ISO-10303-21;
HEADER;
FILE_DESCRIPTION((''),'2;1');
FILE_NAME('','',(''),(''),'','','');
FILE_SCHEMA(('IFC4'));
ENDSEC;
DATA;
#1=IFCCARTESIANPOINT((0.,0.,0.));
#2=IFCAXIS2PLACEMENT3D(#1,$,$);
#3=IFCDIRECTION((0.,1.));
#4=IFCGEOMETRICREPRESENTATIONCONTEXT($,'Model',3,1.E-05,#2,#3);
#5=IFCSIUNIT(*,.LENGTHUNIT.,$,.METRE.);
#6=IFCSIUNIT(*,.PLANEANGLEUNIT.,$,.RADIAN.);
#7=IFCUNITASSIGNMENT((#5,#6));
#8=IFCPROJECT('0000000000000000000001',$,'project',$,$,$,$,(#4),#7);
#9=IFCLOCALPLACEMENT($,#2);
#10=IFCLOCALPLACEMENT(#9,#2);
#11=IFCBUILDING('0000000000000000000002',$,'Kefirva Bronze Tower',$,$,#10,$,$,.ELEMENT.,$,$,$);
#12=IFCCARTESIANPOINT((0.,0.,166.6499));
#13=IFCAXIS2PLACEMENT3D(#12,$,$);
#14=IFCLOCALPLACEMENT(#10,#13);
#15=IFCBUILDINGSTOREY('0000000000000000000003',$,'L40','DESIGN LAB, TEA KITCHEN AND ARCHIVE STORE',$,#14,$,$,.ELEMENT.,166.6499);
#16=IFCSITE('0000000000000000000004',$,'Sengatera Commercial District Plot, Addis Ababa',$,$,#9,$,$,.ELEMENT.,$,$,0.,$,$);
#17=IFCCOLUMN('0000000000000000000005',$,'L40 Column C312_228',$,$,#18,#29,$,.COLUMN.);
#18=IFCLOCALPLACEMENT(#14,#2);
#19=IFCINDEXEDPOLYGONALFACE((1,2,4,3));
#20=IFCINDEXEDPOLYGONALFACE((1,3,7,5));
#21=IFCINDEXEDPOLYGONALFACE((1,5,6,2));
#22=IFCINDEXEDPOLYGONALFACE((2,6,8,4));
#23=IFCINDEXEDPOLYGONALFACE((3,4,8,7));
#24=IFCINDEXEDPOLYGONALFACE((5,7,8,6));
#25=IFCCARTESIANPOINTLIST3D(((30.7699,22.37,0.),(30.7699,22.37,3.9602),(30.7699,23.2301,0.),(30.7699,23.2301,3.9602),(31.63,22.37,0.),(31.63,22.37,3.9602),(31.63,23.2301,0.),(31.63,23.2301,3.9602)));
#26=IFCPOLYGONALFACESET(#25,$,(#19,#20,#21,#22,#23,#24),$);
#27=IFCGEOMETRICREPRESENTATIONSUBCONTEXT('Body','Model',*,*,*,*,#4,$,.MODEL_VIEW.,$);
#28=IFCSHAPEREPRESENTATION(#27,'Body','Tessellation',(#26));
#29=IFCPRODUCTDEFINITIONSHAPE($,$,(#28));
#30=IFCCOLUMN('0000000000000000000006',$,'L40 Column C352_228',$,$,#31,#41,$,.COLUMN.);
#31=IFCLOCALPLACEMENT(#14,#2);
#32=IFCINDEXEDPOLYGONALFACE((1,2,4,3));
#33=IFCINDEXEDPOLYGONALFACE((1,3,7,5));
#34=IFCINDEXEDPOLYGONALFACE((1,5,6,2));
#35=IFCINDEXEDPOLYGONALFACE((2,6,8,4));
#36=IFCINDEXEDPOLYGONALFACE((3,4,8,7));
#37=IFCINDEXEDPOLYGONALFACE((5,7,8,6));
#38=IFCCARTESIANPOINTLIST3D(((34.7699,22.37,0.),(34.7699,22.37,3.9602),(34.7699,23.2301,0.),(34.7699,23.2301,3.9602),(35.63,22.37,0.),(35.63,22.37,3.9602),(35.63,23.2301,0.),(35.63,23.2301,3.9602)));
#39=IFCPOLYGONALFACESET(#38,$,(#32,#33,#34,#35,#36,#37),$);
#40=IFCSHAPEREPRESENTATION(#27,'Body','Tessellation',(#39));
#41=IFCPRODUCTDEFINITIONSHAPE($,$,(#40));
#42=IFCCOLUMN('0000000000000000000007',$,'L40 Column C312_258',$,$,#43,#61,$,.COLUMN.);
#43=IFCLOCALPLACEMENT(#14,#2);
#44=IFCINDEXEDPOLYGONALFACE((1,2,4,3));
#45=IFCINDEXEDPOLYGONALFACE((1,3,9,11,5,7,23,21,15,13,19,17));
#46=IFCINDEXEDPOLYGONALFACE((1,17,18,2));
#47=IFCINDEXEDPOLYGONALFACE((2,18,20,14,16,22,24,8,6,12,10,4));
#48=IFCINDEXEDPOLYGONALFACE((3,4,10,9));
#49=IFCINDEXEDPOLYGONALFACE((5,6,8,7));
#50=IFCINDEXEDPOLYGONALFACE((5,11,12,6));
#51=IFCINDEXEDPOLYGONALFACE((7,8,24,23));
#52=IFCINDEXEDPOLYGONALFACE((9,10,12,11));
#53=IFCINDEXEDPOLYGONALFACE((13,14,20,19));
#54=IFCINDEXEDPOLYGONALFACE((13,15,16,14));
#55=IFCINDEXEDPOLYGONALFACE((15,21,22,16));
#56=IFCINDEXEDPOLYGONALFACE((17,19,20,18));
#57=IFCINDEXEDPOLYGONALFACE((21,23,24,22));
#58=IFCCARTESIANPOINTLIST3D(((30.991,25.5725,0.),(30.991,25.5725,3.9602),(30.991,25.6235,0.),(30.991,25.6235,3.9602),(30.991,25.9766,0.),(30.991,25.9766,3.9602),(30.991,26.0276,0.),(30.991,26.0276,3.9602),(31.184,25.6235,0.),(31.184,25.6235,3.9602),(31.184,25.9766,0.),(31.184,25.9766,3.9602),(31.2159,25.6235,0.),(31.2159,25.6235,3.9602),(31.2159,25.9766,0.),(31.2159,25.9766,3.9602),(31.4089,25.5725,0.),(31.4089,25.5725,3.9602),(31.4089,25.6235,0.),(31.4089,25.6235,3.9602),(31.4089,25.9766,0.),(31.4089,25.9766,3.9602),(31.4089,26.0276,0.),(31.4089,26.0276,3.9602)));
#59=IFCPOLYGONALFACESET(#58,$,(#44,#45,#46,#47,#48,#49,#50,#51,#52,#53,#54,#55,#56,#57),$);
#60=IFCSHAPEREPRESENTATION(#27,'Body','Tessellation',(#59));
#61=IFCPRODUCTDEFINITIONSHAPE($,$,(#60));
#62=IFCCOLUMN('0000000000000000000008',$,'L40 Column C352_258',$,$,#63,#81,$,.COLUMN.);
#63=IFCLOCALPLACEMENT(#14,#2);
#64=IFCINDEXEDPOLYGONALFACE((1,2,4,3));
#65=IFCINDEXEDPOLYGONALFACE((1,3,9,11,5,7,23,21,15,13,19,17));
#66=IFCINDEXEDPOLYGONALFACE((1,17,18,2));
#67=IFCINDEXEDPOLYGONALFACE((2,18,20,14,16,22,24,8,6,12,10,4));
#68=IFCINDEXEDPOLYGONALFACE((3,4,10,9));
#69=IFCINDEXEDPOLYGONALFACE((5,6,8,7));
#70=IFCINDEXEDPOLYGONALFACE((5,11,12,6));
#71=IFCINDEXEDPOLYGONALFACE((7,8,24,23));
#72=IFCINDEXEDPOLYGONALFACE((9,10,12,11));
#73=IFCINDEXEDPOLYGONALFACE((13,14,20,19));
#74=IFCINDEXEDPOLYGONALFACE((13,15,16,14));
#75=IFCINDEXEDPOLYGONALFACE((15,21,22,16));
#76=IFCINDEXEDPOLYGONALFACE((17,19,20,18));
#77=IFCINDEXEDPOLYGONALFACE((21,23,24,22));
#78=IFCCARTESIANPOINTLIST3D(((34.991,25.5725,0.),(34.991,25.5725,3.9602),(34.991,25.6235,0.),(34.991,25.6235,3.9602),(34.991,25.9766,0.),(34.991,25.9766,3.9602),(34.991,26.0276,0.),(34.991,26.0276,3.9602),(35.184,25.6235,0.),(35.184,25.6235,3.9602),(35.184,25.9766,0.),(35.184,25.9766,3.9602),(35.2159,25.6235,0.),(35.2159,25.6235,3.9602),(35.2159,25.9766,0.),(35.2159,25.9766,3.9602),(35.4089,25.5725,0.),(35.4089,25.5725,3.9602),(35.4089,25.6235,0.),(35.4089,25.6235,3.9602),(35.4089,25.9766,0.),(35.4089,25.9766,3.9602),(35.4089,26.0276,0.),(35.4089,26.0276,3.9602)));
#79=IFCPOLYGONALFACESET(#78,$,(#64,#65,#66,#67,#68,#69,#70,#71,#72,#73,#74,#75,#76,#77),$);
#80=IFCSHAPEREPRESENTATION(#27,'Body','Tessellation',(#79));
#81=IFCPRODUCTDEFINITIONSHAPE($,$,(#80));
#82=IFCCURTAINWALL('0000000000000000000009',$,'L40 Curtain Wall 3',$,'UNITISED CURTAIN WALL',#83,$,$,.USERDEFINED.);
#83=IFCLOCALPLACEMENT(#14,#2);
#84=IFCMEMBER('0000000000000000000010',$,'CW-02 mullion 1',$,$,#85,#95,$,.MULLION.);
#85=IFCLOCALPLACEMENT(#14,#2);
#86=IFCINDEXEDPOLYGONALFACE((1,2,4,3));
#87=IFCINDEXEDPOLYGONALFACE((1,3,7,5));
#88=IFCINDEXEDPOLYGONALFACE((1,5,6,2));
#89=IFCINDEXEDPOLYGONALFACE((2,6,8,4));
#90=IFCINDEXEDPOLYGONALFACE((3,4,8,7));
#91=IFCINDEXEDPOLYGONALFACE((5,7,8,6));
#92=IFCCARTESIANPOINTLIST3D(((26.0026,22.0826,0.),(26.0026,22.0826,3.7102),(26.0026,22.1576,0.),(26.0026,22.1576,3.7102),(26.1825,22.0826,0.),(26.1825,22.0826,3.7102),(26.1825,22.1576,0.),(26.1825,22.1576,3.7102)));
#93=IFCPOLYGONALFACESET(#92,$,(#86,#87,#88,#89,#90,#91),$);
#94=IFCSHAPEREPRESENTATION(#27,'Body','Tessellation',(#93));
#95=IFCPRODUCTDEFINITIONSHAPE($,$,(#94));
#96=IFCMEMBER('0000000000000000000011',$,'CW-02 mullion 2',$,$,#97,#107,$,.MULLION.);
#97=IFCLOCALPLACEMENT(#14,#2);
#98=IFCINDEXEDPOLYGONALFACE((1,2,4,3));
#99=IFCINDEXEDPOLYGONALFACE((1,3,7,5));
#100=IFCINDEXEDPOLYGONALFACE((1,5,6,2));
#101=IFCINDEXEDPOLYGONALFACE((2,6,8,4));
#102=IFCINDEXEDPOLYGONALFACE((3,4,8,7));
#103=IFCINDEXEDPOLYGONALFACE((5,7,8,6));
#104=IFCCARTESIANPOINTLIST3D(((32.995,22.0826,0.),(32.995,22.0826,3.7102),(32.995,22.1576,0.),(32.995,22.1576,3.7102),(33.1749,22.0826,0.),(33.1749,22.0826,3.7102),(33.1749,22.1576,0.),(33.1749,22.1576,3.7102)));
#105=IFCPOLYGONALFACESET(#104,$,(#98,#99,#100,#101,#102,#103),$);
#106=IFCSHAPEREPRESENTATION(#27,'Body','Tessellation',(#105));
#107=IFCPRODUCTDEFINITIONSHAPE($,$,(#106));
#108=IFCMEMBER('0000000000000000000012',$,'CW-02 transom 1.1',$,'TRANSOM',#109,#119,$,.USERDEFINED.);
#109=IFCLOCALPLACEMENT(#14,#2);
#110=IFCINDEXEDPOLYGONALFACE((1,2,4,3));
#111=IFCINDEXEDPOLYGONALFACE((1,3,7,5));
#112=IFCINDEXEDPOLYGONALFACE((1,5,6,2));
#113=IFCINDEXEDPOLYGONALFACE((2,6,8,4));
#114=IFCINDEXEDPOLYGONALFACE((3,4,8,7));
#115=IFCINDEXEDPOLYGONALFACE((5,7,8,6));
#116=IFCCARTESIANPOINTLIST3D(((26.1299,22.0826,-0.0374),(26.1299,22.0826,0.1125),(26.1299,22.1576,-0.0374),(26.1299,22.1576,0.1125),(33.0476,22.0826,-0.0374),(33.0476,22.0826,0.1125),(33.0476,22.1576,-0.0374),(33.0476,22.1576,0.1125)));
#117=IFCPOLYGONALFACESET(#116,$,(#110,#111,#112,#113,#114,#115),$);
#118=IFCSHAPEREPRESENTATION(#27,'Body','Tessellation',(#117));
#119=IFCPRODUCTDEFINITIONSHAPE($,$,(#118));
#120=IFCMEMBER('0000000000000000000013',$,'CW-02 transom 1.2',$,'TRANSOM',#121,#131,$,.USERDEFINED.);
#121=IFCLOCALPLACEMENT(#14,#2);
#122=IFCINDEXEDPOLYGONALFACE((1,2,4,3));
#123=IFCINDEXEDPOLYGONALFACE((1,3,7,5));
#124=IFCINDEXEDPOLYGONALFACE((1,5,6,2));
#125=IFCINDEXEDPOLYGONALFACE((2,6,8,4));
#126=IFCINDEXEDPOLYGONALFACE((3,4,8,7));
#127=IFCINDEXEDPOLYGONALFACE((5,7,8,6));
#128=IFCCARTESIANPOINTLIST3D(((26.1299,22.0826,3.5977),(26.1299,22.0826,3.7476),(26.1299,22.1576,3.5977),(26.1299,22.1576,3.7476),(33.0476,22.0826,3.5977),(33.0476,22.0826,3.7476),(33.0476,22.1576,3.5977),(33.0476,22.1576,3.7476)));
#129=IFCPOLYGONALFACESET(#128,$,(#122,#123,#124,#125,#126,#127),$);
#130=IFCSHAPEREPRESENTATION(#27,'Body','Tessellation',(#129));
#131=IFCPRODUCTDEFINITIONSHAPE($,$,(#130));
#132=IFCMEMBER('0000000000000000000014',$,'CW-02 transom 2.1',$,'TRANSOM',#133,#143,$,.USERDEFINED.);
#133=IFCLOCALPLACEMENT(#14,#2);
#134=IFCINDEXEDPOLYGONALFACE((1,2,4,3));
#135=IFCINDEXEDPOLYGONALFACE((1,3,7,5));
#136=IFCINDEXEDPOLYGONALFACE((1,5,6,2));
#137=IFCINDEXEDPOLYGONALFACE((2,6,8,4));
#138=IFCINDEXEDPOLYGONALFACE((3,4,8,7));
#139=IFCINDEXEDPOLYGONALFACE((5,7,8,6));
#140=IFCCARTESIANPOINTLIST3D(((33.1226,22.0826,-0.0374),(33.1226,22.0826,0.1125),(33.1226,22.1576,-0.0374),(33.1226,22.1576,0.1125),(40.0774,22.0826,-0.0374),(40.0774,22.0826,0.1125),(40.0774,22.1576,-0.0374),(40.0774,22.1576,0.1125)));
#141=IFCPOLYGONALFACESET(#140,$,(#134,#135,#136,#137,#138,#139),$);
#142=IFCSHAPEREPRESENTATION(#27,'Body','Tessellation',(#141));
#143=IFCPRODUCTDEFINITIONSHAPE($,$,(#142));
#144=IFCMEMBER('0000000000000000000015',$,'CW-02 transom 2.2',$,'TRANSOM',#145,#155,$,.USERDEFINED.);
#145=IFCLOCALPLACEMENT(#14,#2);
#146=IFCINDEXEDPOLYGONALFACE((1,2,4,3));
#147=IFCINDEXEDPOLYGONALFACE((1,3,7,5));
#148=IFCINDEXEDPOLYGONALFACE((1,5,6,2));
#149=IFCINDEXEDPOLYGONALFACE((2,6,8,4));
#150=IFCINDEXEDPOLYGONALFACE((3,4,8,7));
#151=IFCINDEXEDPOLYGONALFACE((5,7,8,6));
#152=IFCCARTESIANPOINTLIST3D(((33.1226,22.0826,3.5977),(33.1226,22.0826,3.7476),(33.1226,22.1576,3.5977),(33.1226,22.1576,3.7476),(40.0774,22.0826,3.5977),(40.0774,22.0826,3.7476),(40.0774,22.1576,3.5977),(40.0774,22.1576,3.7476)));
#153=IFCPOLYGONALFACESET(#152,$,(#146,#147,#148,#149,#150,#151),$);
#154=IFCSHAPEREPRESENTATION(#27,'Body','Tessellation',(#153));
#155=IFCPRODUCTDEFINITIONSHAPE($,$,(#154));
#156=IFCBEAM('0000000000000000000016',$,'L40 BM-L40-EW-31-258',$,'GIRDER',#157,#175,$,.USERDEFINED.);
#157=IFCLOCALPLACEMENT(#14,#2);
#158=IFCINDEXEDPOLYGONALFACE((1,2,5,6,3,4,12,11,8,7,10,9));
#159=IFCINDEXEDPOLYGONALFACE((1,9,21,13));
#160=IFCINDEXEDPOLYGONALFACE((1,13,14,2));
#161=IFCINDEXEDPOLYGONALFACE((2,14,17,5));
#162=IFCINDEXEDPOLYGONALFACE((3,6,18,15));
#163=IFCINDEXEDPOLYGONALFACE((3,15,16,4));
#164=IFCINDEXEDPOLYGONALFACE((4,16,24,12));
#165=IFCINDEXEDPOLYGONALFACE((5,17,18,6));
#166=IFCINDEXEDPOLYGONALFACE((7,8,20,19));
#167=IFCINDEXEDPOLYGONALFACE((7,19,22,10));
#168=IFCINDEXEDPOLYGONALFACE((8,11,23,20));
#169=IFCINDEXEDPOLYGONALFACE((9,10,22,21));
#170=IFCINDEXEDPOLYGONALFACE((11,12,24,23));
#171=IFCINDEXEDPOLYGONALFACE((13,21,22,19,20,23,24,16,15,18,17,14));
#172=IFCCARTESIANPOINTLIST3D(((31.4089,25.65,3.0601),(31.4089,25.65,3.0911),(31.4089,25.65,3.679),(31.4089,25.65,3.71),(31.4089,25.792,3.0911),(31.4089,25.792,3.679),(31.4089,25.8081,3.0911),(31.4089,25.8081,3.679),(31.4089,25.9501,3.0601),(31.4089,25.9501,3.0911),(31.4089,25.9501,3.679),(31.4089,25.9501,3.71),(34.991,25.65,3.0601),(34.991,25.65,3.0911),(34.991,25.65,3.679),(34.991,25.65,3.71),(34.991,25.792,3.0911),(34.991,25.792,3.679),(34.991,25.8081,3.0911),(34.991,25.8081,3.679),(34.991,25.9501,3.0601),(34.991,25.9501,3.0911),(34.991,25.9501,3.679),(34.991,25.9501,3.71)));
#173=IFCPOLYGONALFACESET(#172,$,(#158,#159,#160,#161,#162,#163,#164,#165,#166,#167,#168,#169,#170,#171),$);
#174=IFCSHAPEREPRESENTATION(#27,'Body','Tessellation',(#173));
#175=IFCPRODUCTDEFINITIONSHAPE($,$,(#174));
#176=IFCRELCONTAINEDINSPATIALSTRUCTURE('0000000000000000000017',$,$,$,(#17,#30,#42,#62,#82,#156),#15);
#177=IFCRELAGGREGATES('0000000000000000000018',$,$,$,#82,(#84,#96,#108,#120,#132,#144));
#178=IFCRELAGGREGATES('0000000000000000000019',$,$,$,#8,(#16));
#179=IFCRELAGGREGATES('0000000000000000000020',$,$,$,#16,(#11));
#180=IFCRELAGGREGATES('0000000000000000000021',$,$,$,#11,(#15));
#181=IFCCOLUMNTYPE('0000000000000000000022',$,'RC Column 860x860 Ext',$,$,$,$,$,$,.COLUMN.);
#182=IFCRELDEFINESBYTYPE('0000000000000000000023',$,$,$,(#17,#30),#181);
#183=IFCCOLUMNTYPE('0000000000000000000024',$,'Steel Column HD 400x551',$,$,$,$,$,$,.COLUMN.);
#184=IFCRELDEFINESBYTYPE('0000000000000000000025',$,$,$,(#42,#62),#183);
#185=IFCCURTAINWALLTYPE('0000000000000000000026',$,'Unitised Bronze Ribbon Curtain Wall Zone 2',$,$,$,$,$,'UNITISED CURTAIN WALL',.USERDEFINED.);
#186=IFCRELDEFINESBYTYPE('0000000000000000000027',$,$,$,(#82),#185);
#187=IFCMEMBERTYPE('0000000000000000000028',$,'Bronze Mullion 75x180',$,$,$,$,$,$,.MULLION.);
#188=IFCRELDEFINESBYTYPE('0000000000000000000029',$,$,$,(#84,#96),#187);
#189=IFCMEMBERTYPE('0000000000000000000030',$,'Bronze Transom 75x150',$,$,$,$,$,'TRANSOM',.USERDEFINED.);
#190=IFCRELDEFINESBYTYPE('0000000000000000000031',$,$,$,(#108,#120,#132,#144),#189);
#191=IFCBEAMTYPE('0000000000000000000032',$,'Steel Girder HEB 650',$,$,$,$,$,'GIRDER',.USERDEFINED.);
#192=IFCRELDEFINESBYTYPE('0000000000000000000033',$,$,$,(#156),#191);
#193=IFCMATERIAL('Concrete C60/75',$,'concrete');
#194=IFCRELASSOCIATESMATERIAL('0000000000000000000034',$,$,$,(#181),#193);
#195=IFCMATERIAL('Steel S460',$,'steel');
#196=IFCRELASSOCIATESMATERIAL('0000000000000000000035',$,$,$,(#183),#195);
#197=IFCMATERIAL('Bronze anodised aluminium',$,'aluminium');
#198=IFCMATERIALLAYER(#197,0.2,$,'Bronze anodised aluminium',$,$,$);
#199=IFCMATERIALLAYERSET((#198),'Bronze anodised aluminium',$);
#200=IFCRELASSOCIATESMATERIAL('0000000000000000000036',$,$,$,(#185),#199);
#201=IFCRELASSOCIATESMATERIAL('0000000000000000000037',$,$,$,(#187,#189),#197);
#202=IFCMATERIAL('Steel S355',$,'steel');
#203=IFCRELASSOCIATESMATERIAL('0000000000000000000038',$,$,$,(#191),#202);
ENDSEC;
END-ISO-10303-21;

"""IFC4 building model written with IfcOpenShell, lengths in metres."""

from ifc_helpers import new_model, si_unit, direction, frame, origin, origin_2d, place, context, subcontext, project, spatial, rectangle, i_section, extrude, material, layer, layer_set, material_profile, profile_set, type_object, element, aggregate, save


model = new_model("IFC4")

# Units and contexts
model_context = context("Model", 3, precision=1e-05, world=origin(), true_north=direction((0.0, 1.0)))
body_context = subcontext(model_context, "Body", "Model", "MODEL_VIEW")
ifc_project = project(units=[si_unit("LENGTHUNIT", "METRE"), si_unit("PLANEANGLEUNIT", "RADIAN")], contexts=[model_context])

# Site, building, storey
site_placement = place(None, origin())
site = spatial("IfcSite", under=ifc_project, at=site_placement, Name="Sengatera Commercial District Plot, Addis Ababa", CompositionType="ELEMENT", RefElevation=0.0)
building_placement = place(site_placement, origin())
building = spatial("IfcBuilding", under=site, at=building_placement, Name="Kefirva Bronze Tower", CompositionType="ELEMENT")
storey_placement = place(building_placement, frame((0.0, 0.0, 166.6499)))
storey = spatial("IfcBuildingStorey", under=building, at=storey_placement, Name="L40", Description="DESIGN LAB, TEA KITCHEN AND ARCHIVE STORE", CompositionType="ELEMENT", Elevation=166.6499)

# Columns
ifc_material_1 = material(Name="Concrete C60/75", Category="concrete")
ifc_material_profile_1 = material_profile(ifc_material_1, rectangle(XDim=0.8601, YDim=0.8601, at=origin_2d()), Name="RC 860x860")
ifc_profile_set_1 = profile_set([ifc_material_profile_1], Name="Concrete C60/75")
column_type_1 = type_object("IfcColumnType", Name="RC Column 860x860 Ext", PredefinedType="COLUMN", material=ifc_profile_set_1)
for number, where, z_axis, x_axis, name in (
    (1, (31.2, 22.8, 0.0), (0.0, 0.0, 1.0), (1.0, 0.0, 0.0), "L40 Column C312_228"),
    (2, (35.2, 22.8, 0.0), (0.0, 0.0, 1.0), (1.0, 0.0, 0.0), "L40 Column C352_228"),
):
    element("IfcColumn", number, at=place(storey_placement, frame(where, z_axis=z_axis, x_axis=x_axis)), inside=storey, type_object=column_type_1, Name=name, PredefinedType="COLUMN", context=body_context, shape_type="SweptSolid", body=[
        extrude(rectangle(XDim=0.8601, YDim=0.8601, at=origin_2d()), origin(), (0.0, 0.0, 1.0), 3.9602),
    ])
ifc_material_2 = material(Name="Steel S460", Category="steel")
ifc_material_profile_2 = material_profile(ifc_material_2, i_section(OverallWidth=0.418, OverallDepth=0.4551, WebThickness=0.032, FlangeThickness=0.051, at=origin_2d()), Name="HD 400x551")
ifc_profile_set_2 = profile_set([ifc_material_profile_2], Name="Steel S460")
column_type_2 = type_object("IfcColumnType", Name="Steel Column HD 400x551", PredefinedType="COLUMN", material=ifc_profile_set_2)
for number, where, z_axis, x_axis, name in (
    (3, (31.2, 25.8, 0.0), (0.0, 0.0, 1.0), (1.0, 0.0, 0.0), "L40 Column C312_258"),
    (4, (35.2, 25.8, 0.0), (0.0, 0.0, 1.0), (1.0, 0.0, 0.0), "L40 Column C352_258"),
):
    element("IfcColumn", number, at=place(storey_placement, frame(where, z_axis=z_axis, x_axis=x_axis)), inside=storey, type_object=column_type_2, Name=name, PredefinedType="COLUMN", context=body_context, shape_type="SweptSolid", body=[
        extrude(i_section(OverallWidth=0.418, OverallDepth=0.4551, WebThickness=0.032, FlangeThickness=0.051, at=origin_2d()), origin(), (0.0, 0.0, 1.0), 3.9602),
    ])

# Curtain wall, members
ifc_material_3 = material(Name="Bronze anodised aluminium", Category="aluminium")
ifc_layer_1 = layer(ifc_material_3, 0.2, Name="Bronze anodised aluminium")
ifc_layer_set_1 = layer_set([ifc_layer_1], Name="Bronze anodised aluminium")
curtain_wall_type = type_object("IfcCurtainWallType", Name="Unitised Bronze Ribbon Curtain Wall Zone 2", ElementType="UNITISED CURTAIN WALL", PredefinedType="USERDEFINED", material=ifc_layer_set_1)
curtain_wall_placement = place(storey_placement, origin())
curtain_wall = element("IfcCurtainWall", 5, at=curtain_wall_placement, inside=storey, type_object=curtain_wall_type, Name="L40 Curtain Wall 3", ObjectType="UNITISED CURTAIN WALL", PredefinedType="USERDEFINED")
ifc_material_profile_3 = material_profile(ifc_material_3, rectangle(XDim=0.075, YDim=0.1799, at=origin_2d()), Name="ALU 75x180")
ifc_profile_set_3 = profile_set([ifc_material_profile_3], Name="Bronze anodised aluminium")
member_type_1 = type_object("IfcMemberType", Name="Bronze Mullion 75x180", PredefinedType="MULLION", material=ifc_profile_set_3)
member_1_placement = place(storey_placement, frame((26.0925, 22.1201, 0.0), z_axis=(0.0, 0.0, 1.0), x_axis=(0.0, 1.0, 0.0)))
member_1 = element("IfcMember", 6, at=member_1_placement, type_object=member_type_1, Name="CW-02 mullion 1", PredefinedType="MULLION", context=body_context, shape_type="SweptSolid", body=[
    extrude(rectangle(XDim=0.075, YDim=0.1799, at=origin_2d()), origin(), (0.0, 0.0, 1.0), 3.7102),
])
member_2_placement = place(storey_placement, frame((33.085, 22.1201, 0.0), z_axis=(0.0, 0.0, 1.0), x_axis=(0.0, 1.0, 0.0)))
member_2 = element("IfcMember", 7, at=member_2_placement, type_object=member_type_1, Name="CW-02 mullion 2", PredefinedType="MULLION", context=body_context, shape_type="SweptSolid", body=[
    extrude(rectangle(XDim=0.075, YDim=0.1799, at=origin_2d()), origin(), (0.0, 0.0, 1.0), 3.7102),
])
ifc_material_profile_4 = material_profile(ifc_material_3, rectangle(XDim=0.075, YDim=0.1499, at=origin_2d()), Name="ALU 75x150")
ifc_profile_set_4 = profile_set([ifc_material_profile_4], Name="Bronze anodised aluminium")
member_type_2 = type_object("IfcMemberType", Name="Bronze Transom 75x150", ElementType="TRANSOM", PredefinedType="USERDEFINED", material=ifc_profile_set_4)
member_3_placement = place(storey_placement, frame((26.1299, 22.1201, 0.0376), z_axis=(1.0, 0.0, 0.0), x_axis=(0.0, 1.0, 0.0)))
member_3 = element("IfcMember", 8, at=member_3_placement, type_object=member_type_2, Name="CW-02 transom 1.1", ObjectType="TRANSOM", PredefinedType="USERDEFINED", context=body_context, shape_type="SweptSolid", body=[
    extrude(rectangle(XDim=0.075, YDim=0.1499, at=origin_2d()), origin(), (0.0, 0.0, 1.0), 6.9177),
])
member_4_placement = place(storey_placement, frame((26.1299, 22.1201, 3.6726), z_axis=(1.0, 0.0, 0.0), x_axis=(0.0, 1.0, 0.0)))
member_4 = element("IfcMember", 9, at=member_4_placement, type_object=member_type_2, Name="CW-02 transom 1.2", ObjectType="TRANSOM", PredefinedType="USERDEFINED", context=body_context, shape_type="SweptSolid", body=[
    extrude(rectangle(XDim=0.075, YDim=0.1499, at=origin_2d()), origin(), (0.0, 0.0, 1.0), 6.9177),
])
member_5_placement = place(storey_placement, frame((33.1226, 22.1201, 0.0376), z_axis=(1.0, 0.0, 0.0), x_axis=(0.0, 1.0, 0.0)))
member_5 = element("IfcMember", 10, at=member_5_placement, type_object=member_type_2, Name="CW-02 transom 2.1", ObjectType="TRANSOM", PredefinedType="USERDEFINED", context=body_context, shape_type="SweptSolid", body=[
    extrude(rectangle(XDim=0.075, YDim=0.1499, at=origin_2d()), origin(), (0.0, 0.0, 1.0), 6.9548),
])
member_6_placement = place(storey_placement, frame((33.1226, 22.1201, 3.6726), z_axis=(1.0, 0.0, 0.0), x_axis=(0.0, 1.0, 0.0)))
member_6 = element("IfcMember", 11, at=member_6_placement, type_object=member_type_2, Name="CW-02 transom 2.2", ObjectType="TRANSOM", PredefinedType="USERDEFINED", context=body_context, shape_type="SweptSolid", body=[
    extrude(rectangle(XDim=0.075, YDim=0.1499, at=origin_2d()), origin(), (0.0, 0.0, 1.0), 6.9548),
])

# Beam
ifc_material_4 = material(Name="Steel S355", Category="steel")
ifc_material_profile_5 = material_profile(ifc_material_4, i_section(OverallWidth=0.3, OverallDepth=0.6499, WebThickness=0.0161, FlangeThickness=0.031, at=origin_2d()), Name="HEB 650")
ifc_profile_set_5 = profile_set([ifc_material_profile_5], Name="Steel S355")
beam_type_1 = type_object("IfcBeamType", Name="Steel Girder HEB 650", ElementType="GIRDER", PredefinedType="USERDEFINED", material=ifc_profile_set_5)
beam_1_placement = place(storey_placement, frame((31.4089, 25.8, 3.385), z_axis=(1.0, 0.0, 0.0), x_axis=(0.0, 1.0, 0.0)))
element("IfcBeam", 12, at=beam_1_placement, inside=storey, type_object=beam_type_1, Name="L40 BM-L40-EW-31-258", ObjectType="GIRDER", PredefinedType="USERDEFINED", context=body_context, shape_type="SweptSolid", body=[
    extrude(i_section(OverallWidth=0.3, OverallDepth=0.6499, WebThickness=0.0161, FlangeThickness=0.031, at=origin_2d()), origin(), (0.0, 0.0, 1.0), 3.582),
])

aggregate(curtain_wall, [member_1, member_2, member_3, member_4, member_5, member_6])

save(model, "model.ifc")
